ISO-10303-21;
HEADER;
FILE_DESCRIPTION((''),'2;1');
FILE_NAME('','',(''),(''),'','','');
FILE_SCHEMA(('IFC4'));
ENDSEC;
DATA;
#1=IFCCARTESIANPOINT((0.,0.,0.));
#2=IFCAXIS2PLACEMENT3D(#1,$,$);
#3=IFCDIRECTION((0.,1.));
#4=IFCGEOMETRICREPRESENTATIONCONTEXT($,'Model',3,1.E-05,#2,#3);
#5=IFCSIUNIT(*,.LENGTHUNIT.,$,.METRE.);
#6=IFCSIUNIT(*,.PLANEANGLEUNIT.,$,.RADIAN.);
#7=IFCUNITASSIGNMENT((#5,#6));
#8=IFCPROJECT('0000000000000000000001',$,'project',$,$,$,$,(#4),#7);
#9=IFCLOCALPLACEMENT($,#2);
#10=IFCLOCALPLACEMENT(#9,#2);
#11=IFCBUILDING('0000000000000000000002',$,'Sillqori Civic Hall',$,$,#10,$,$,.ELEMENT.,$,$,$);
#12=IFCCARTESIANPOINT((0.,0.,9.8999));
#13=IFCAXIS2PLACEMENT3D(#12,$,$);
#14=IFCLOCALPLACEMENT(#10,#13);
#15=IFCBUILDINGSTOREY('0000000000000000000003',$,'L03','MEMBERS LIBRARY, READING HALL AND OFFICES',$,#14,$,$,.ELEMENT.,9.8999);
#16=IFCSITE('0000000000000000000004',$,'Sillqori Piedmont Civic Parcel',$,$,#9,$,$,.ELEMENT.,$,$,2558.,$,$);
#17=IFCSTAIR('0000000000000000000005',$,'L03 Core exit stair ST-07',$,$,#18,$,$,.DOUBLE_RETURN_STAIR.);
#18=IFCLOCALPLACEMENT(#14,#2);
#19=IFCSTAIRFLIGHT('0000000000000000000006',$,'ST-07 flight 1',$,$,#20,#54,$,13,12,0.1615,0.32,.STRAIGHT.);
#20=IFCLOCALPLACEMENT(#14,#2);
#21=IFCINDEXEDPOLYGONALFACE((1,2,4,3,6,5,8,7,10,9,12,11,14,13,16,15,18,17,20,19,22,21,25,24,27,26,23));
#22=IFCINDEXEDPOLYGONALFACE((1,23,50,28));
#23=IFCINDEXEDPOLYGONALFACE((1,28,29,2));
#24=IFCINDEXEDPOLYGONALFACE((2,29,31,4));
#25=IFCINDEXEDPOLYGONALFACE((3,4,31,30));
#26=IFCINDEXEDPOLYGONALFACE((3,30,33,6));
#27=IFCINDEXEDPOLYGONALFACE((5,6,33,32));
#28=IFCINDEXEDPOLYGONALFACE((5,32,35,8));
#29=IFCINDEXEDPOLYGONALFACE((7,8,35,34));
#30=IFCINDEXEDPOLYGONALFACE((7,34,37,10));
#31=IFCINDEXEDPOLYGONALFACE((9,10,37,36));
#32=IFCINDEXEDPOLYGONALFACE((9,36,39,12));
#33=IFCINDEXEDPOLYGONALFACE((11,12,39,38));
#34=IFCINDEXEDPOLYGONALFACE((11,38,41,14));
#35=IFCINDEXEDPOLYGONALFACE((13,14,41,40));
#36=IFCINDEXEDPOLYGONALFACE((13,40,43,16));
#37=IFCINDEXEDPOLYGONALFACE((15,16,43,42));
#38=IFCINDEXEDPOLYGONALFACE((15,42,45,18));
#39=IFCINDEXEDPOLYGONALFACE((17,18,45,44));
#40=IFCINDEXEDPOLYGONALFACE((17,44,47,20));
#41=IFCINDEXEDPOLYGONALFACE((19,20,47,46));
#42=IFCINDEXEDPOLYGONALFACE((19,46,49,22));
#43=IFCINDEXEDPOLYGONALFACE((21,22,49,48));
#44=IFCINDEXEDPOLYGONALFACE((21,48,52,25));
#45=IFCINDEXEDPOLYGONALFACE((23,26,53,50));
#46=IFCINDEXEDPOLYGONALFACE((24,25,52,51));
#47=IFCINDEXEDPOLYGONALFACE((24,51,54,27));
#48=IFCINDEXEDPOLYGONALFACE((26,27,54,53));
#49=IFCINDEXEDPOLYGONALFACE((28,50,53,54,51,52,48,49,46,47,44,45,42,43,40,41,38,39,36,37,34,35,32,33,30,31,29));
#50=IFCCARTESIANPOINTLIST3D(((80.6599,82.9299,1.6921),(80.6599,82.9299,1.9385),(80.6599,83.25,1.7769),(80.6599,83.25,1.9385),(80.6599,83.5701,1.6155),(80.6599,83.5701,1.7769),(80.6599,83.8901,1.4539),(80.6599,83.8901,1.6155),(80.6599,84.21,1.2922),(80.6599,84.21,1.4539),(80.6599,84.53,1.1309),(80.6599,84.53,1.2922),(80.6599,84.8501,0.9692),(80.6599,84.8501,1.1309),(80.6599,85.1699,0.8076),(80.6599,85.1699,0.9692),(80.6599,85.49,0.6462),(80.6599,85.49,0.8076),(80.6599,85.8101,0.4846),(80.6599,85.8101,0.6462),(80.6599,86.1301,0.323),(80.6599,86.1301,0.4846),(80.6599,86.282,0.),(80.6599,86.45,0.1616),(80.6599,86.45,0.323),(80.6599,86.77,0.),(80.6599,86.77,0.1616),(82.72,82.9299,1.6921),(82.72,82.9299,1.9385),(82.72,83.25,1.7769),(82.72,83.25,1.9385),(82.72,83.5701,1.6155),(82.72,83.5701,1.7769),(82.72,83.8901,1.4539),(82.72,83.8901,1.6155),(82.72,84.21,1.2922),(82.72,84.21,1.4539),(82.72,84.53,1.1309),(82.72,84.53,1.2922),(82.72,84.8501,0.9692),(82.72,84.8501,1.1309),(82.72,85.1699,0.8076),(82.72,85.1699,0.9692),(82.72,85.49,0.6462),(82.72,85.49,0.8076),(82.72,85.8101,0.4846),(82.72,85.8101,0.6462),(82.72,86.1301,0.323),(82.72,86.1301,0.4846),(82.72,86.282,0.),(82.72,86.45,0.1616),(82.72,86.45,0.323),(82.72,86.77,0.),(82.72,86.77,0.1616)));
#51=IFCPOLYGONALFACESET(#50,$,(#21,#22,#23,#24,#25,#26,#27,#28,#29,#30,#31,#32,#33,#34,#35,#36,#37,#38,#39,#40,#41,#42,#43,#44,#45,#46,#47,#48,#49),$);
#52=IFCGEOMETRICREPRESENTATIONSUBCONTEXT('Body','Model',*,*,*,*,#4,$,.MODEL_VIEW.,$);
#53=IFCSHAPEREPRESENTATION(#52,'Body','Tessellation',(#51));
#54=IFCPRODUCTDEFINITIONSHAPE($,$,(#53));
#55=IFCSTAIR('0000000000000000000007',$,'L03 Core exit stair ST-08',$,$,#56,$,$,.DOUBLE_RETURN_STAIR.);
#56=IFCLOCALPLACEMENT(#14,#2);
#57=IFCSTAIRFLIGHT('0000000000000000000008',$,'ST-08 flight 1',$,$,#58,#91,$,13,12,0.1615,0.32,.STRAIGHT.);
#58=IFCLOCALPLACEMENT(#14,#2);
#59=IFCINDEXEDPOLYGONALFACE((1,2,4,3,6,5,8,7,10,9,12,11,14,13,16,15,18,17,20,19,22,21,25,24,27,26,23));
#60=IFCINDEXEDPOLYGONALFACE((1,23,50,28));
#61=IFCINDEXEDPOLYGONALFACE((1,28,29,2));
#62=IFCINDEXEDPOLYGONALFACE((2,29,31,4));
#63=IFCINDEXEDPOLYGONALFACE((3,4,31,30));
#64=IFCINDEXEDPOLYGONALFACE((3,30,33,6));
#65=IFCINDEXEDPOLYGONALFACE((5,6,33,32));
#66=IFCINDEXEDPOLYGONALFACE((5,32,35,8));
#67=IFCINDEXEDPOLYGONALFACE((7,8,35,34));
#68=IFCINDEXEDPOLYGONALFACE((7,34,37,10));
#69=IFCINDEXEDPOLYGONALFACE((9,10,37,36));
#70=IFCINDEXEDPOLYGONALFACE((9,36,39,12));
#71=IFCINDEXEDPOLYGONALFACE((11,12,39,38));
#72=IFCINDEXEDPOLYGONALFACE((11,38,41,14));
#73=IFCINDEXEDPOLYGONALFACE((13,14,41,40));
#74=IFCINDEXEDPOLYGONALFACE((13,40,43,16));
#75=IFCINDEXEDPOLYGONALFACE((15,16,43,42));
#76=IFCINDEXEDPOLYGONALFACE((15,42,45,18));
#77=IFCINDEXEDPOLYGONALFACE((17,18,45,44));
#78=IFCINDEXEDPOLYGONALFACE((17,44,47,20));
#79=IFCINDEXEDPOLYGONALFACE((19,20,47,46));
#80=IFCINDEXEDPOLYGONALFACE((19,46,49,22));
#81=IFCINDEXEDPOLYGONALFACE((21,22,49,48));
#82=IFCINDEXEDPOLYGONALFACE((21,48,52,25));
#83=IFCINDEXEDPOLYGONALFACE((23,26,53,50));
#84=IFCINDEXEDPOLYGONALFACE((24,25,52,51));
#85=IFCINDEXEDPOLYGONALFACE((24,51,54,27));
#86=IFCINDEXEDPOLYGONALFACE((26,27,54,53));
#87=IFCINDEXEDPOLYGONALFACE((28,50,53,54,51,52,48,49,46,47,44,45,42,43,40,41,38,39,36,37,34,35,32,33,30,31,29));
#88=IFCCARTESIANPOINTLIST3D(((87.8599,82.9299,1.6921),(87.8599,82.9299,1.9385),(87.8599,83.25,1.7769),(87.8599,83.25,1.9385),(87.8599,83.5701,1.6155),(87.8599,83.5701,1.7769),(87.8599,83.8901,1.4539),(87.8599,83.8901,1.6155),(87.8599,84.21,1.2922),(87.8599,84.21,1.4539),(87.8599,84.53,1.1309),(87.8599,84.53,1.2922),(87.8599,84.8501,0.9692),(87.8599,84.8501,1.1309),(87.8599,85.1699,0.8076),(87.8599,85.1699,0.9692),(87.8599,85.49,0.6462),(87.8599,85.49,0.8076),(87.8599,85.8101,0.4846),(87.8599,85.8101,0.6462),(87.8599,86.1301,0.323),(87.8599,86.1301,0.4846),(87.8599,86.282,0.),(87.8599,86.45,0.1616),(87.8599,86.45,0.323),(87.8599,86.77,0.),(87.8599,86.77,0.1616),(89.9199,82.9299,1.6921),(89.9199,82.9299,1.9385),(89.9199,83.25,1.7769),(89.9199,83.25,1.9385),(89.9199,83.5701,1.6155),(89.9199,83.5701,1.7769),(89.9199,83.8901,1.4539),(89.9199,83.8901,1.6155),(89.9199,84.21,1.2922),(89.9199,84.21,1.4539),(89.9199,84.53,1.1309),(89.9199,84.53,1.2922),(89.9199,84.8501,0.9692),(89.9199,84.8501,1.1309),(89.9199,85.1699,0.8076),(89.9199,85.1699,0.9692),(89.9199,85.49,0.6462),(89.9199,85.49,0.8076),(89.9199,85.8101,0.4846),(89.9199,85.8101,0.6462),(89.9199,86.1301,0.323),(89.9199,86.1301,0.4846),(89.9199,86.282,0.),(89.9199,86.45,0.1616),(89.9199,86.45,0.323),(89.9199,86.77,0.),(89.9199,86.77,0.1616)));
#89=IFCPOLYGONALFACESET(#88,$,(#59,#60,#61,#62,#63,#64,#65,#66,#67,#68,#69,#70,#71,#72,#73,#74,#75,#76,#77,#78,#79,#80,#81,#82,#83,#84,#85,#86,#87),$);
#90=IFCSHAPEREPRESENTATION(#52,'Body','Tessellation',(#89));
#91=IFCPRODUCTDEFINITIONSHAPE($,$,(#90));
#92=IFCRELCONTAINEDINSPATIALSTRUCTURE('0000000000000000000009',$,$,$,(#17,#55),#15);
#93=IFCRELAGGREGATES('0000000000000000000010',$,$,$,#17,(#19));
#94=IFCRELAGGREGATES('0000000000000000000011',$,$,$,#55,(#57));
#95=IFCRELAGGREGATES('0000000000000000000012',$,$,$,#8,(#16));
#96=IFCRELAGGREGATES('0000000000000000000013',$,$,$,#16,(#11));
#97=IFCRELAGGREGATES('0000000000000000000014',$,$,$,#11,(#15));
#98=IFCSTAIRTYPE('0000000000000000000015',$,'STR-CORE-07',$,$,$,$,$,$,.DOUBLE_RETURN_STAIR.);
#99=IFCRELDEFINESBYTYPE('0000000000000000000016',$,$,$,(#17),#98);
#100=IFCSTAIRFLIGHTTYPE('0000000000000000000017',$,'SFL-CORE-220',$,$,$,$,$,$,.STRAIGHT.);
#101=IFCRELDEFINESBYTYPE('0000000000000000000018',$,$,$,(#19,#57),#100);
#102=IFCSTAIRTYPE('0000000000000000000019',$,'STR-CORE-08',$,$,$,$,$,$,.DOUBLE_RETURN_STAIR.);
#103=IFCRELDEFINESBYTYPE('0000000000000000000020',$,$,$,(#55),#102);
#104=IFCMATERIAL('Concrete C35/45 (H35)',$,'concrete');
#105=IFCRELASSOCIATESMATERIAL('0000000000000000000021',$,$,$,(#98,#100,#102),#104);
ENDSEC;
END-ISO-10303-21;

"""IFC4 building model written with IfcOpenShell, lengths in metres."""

from ifc_helpers import new_model, si_unit, direction, frame, origin, place, context, subcontext, project, spatial, polyline, outline, extrude, material, type_object, element, aggregate, save


model = new_model("IFC4")

# Units and contexts
model_context = context("Model", 3, precision=1e-05, world=origin(), true_north=direction((0.0, 1.0)))
body_context = subcontext(model_context, "Body", "Model", "MODEL_VIEW")
ifc_project = project(units=[si_unit("LENGTHUNIT", "METRE"), si_unit("PLANEANGLEUNIT", "RADIAN")], contexts=[model_context])

# Site, building, storey
site_placement = place(None, origin())
site = spatial("IfcSite", under=ifc_project, at=site_placement, Name="Sillqori Piedmont Civic Parcel", CompositionType="ELEMENT", RefElevation=2558.0)
building_placement = place(site_placement, origin())
building = spatial("IfcBuilding", under=site, at=building_placement, Name="Sillqori Civic Hall", CompositionType="ELEMENT")
storey_placement = place(building_placement, frame((0.0, 0.0, 9.8999)))
storey = spatial("IfcBuildingStorey", under=building, at=storey_placement, Name="L03", Description="MEMBERS LIBRARY, READING HALL AND OFFICES", CompositionType="ELEMENT", Elevation=9.8999)

# Shared definitions
ifc_material_1 = material(Name="Concrete C35/45 (H35)", Category="concrete")

# Stairs, stair flights
stair_type_1 = type_object("IfcStairType", Name="STR-CORE-07", PredefinedType="DOUBLE_RETURN_STAIR", material=ifc_material_1)
stair_1_placement = place(storey_placement, origin())
stair_1 = element("IfcStair", 1, at=stair_1_placement, inside=storey, type_object=stair_type_1, Name="L03 Core exit stair ST-07", PredefinedType="DOUBLE_RETURN_STAIR")
stair_flight_type = type_object("IfcStairFlightType", Name="SFL-CORE-220", PredefinedType="STRAIGHT", material=ifc_material_1)
stair_flight_1_placement = place(storey_placement, frame((81.6899, 86.77, 0.0), z_axis=(0.0, 0.0, 1.0), x_axis=(0.0, -1.0, 0.0)))
stair_flight_1 = element("IfcStairFlight", 2, at=stair_flight_1_placement, type_object=stair_flight_type, Name="ST-07 flight 1", NumberOfRisers=13, NumberOfTreads=12, PredefinedType="STRAIGHT", RiserHeight=0.1615, TreadLength=0.32, context=body_context, shape_type="SweptSolid", body=[
    extrude(outline(polyline([(0.0, 0.0), (0.0, 0.1616), (0.3201, 0.1616), (0.3201, 0.323), (0.6399, 0.323), (0.6399, 0.4846), (0.96, 0.4846), (0.96, 0.6462), (1.28, 0.6462), (1.28, 0.8076), (1.6001, 0.8076), (1.6001, 0.9692), (1.9199, 0.9692), (1.9199, 1.1309), (2.24, 1.1309), (2.24, 1.2922), (2.5601, 1.2922), (2.5601, 1.4539), (2.8799, 1.4539), (2.8799, 1.6155), (3.2, 1.6155), (3.2, 1.7769), (3.52, 1.7769), (3.52, 1.9385), (3.8401, 1.9385), (3.8401, 2.1001), (3.8401, 1.6921), (0.488, 0.0), (0.0, 0.0)])), frame((0.0, 1.03, 0.0), z_axis=(0.0, -1.0, 0.0), x_axis=(1.0, 0.0, 0.0)), (0.0, 0.0, 1.0), 2.0601),
])
aggregate(stair_1, [stair_flight_1])
stair_type_2 = type_object("IfcStairType", Name="STR-CORE-08", PredefinedType="DOUBLE_RETURN_STAIR", material=ifc_material_1)
stair_2_placement = place(storey_placement, origin())
stair_2 = element("IfcStair", 3, at=stair_2_placement, inside=storey, type_object=stair_type_2, Name="L03 Core exit stair ST-08", PredefinedType="DOUBLE_RETURN_STAIR")
stair_flight_2_placement = place(storey_placement, frame((88.8899, 86.77, 0.0), z_axis=(0.0, 0.0, 1.0), x_axis=(0.0, -1.0, 0.0)))
stair_flight_2 = element("IfcStairFlight", 4, at=stair_flight_2_placement, type_object=stair_flight_type, Name="ST-08 flight 1", NumberOfRisers=13, NumberOfTreads=12, PredefinedType="STRAIGHT", RiserHeight=0.1615, TreadLength=0.32, context=body_context, shape_type="SweptSolid", body=[
    extrude(outline(polyline([(0.0, 0.0), (0.0, 0.1616), (0.3201, 0.1616), (0.3201, 0.323), (0.6399, 0.323), (0.6399, 0.4846), (0.96, 0.4846), (0.96, 0.6462), (1.28, 0.6462), (1.28, 0.8076), (1.6001, 0.8076), (1.6001, 0.9692), (1.9199, 0.9692), (1.9199, 1.1309), (2.24, 1.1309), (2.24, 1.2922), (2.5601, 1.2922), (2.5601, 1.4539), (2.8799, 1.4539), (2.8799, 1.6155), (3.2, 1.6155), (3.2, 1.7769), (3.52, 1.7769), (3.52, 1.9385), (3.8401, 1.9385), (3.8401, 2.1001), (3.8401, 1.6921), (0.488, 0.0), (0.0, 0.0)])), frame((0.0, 1.03, 0.0), z_axis=(0.0, -1.0, 0.0), x_axis=(1.0, 0.0, 0.0)), (0.0, 0.0, 1.0), 2.0601),
])
aggregate(stair_2, [stair_flight_2])

save(model, "model.ifc")
